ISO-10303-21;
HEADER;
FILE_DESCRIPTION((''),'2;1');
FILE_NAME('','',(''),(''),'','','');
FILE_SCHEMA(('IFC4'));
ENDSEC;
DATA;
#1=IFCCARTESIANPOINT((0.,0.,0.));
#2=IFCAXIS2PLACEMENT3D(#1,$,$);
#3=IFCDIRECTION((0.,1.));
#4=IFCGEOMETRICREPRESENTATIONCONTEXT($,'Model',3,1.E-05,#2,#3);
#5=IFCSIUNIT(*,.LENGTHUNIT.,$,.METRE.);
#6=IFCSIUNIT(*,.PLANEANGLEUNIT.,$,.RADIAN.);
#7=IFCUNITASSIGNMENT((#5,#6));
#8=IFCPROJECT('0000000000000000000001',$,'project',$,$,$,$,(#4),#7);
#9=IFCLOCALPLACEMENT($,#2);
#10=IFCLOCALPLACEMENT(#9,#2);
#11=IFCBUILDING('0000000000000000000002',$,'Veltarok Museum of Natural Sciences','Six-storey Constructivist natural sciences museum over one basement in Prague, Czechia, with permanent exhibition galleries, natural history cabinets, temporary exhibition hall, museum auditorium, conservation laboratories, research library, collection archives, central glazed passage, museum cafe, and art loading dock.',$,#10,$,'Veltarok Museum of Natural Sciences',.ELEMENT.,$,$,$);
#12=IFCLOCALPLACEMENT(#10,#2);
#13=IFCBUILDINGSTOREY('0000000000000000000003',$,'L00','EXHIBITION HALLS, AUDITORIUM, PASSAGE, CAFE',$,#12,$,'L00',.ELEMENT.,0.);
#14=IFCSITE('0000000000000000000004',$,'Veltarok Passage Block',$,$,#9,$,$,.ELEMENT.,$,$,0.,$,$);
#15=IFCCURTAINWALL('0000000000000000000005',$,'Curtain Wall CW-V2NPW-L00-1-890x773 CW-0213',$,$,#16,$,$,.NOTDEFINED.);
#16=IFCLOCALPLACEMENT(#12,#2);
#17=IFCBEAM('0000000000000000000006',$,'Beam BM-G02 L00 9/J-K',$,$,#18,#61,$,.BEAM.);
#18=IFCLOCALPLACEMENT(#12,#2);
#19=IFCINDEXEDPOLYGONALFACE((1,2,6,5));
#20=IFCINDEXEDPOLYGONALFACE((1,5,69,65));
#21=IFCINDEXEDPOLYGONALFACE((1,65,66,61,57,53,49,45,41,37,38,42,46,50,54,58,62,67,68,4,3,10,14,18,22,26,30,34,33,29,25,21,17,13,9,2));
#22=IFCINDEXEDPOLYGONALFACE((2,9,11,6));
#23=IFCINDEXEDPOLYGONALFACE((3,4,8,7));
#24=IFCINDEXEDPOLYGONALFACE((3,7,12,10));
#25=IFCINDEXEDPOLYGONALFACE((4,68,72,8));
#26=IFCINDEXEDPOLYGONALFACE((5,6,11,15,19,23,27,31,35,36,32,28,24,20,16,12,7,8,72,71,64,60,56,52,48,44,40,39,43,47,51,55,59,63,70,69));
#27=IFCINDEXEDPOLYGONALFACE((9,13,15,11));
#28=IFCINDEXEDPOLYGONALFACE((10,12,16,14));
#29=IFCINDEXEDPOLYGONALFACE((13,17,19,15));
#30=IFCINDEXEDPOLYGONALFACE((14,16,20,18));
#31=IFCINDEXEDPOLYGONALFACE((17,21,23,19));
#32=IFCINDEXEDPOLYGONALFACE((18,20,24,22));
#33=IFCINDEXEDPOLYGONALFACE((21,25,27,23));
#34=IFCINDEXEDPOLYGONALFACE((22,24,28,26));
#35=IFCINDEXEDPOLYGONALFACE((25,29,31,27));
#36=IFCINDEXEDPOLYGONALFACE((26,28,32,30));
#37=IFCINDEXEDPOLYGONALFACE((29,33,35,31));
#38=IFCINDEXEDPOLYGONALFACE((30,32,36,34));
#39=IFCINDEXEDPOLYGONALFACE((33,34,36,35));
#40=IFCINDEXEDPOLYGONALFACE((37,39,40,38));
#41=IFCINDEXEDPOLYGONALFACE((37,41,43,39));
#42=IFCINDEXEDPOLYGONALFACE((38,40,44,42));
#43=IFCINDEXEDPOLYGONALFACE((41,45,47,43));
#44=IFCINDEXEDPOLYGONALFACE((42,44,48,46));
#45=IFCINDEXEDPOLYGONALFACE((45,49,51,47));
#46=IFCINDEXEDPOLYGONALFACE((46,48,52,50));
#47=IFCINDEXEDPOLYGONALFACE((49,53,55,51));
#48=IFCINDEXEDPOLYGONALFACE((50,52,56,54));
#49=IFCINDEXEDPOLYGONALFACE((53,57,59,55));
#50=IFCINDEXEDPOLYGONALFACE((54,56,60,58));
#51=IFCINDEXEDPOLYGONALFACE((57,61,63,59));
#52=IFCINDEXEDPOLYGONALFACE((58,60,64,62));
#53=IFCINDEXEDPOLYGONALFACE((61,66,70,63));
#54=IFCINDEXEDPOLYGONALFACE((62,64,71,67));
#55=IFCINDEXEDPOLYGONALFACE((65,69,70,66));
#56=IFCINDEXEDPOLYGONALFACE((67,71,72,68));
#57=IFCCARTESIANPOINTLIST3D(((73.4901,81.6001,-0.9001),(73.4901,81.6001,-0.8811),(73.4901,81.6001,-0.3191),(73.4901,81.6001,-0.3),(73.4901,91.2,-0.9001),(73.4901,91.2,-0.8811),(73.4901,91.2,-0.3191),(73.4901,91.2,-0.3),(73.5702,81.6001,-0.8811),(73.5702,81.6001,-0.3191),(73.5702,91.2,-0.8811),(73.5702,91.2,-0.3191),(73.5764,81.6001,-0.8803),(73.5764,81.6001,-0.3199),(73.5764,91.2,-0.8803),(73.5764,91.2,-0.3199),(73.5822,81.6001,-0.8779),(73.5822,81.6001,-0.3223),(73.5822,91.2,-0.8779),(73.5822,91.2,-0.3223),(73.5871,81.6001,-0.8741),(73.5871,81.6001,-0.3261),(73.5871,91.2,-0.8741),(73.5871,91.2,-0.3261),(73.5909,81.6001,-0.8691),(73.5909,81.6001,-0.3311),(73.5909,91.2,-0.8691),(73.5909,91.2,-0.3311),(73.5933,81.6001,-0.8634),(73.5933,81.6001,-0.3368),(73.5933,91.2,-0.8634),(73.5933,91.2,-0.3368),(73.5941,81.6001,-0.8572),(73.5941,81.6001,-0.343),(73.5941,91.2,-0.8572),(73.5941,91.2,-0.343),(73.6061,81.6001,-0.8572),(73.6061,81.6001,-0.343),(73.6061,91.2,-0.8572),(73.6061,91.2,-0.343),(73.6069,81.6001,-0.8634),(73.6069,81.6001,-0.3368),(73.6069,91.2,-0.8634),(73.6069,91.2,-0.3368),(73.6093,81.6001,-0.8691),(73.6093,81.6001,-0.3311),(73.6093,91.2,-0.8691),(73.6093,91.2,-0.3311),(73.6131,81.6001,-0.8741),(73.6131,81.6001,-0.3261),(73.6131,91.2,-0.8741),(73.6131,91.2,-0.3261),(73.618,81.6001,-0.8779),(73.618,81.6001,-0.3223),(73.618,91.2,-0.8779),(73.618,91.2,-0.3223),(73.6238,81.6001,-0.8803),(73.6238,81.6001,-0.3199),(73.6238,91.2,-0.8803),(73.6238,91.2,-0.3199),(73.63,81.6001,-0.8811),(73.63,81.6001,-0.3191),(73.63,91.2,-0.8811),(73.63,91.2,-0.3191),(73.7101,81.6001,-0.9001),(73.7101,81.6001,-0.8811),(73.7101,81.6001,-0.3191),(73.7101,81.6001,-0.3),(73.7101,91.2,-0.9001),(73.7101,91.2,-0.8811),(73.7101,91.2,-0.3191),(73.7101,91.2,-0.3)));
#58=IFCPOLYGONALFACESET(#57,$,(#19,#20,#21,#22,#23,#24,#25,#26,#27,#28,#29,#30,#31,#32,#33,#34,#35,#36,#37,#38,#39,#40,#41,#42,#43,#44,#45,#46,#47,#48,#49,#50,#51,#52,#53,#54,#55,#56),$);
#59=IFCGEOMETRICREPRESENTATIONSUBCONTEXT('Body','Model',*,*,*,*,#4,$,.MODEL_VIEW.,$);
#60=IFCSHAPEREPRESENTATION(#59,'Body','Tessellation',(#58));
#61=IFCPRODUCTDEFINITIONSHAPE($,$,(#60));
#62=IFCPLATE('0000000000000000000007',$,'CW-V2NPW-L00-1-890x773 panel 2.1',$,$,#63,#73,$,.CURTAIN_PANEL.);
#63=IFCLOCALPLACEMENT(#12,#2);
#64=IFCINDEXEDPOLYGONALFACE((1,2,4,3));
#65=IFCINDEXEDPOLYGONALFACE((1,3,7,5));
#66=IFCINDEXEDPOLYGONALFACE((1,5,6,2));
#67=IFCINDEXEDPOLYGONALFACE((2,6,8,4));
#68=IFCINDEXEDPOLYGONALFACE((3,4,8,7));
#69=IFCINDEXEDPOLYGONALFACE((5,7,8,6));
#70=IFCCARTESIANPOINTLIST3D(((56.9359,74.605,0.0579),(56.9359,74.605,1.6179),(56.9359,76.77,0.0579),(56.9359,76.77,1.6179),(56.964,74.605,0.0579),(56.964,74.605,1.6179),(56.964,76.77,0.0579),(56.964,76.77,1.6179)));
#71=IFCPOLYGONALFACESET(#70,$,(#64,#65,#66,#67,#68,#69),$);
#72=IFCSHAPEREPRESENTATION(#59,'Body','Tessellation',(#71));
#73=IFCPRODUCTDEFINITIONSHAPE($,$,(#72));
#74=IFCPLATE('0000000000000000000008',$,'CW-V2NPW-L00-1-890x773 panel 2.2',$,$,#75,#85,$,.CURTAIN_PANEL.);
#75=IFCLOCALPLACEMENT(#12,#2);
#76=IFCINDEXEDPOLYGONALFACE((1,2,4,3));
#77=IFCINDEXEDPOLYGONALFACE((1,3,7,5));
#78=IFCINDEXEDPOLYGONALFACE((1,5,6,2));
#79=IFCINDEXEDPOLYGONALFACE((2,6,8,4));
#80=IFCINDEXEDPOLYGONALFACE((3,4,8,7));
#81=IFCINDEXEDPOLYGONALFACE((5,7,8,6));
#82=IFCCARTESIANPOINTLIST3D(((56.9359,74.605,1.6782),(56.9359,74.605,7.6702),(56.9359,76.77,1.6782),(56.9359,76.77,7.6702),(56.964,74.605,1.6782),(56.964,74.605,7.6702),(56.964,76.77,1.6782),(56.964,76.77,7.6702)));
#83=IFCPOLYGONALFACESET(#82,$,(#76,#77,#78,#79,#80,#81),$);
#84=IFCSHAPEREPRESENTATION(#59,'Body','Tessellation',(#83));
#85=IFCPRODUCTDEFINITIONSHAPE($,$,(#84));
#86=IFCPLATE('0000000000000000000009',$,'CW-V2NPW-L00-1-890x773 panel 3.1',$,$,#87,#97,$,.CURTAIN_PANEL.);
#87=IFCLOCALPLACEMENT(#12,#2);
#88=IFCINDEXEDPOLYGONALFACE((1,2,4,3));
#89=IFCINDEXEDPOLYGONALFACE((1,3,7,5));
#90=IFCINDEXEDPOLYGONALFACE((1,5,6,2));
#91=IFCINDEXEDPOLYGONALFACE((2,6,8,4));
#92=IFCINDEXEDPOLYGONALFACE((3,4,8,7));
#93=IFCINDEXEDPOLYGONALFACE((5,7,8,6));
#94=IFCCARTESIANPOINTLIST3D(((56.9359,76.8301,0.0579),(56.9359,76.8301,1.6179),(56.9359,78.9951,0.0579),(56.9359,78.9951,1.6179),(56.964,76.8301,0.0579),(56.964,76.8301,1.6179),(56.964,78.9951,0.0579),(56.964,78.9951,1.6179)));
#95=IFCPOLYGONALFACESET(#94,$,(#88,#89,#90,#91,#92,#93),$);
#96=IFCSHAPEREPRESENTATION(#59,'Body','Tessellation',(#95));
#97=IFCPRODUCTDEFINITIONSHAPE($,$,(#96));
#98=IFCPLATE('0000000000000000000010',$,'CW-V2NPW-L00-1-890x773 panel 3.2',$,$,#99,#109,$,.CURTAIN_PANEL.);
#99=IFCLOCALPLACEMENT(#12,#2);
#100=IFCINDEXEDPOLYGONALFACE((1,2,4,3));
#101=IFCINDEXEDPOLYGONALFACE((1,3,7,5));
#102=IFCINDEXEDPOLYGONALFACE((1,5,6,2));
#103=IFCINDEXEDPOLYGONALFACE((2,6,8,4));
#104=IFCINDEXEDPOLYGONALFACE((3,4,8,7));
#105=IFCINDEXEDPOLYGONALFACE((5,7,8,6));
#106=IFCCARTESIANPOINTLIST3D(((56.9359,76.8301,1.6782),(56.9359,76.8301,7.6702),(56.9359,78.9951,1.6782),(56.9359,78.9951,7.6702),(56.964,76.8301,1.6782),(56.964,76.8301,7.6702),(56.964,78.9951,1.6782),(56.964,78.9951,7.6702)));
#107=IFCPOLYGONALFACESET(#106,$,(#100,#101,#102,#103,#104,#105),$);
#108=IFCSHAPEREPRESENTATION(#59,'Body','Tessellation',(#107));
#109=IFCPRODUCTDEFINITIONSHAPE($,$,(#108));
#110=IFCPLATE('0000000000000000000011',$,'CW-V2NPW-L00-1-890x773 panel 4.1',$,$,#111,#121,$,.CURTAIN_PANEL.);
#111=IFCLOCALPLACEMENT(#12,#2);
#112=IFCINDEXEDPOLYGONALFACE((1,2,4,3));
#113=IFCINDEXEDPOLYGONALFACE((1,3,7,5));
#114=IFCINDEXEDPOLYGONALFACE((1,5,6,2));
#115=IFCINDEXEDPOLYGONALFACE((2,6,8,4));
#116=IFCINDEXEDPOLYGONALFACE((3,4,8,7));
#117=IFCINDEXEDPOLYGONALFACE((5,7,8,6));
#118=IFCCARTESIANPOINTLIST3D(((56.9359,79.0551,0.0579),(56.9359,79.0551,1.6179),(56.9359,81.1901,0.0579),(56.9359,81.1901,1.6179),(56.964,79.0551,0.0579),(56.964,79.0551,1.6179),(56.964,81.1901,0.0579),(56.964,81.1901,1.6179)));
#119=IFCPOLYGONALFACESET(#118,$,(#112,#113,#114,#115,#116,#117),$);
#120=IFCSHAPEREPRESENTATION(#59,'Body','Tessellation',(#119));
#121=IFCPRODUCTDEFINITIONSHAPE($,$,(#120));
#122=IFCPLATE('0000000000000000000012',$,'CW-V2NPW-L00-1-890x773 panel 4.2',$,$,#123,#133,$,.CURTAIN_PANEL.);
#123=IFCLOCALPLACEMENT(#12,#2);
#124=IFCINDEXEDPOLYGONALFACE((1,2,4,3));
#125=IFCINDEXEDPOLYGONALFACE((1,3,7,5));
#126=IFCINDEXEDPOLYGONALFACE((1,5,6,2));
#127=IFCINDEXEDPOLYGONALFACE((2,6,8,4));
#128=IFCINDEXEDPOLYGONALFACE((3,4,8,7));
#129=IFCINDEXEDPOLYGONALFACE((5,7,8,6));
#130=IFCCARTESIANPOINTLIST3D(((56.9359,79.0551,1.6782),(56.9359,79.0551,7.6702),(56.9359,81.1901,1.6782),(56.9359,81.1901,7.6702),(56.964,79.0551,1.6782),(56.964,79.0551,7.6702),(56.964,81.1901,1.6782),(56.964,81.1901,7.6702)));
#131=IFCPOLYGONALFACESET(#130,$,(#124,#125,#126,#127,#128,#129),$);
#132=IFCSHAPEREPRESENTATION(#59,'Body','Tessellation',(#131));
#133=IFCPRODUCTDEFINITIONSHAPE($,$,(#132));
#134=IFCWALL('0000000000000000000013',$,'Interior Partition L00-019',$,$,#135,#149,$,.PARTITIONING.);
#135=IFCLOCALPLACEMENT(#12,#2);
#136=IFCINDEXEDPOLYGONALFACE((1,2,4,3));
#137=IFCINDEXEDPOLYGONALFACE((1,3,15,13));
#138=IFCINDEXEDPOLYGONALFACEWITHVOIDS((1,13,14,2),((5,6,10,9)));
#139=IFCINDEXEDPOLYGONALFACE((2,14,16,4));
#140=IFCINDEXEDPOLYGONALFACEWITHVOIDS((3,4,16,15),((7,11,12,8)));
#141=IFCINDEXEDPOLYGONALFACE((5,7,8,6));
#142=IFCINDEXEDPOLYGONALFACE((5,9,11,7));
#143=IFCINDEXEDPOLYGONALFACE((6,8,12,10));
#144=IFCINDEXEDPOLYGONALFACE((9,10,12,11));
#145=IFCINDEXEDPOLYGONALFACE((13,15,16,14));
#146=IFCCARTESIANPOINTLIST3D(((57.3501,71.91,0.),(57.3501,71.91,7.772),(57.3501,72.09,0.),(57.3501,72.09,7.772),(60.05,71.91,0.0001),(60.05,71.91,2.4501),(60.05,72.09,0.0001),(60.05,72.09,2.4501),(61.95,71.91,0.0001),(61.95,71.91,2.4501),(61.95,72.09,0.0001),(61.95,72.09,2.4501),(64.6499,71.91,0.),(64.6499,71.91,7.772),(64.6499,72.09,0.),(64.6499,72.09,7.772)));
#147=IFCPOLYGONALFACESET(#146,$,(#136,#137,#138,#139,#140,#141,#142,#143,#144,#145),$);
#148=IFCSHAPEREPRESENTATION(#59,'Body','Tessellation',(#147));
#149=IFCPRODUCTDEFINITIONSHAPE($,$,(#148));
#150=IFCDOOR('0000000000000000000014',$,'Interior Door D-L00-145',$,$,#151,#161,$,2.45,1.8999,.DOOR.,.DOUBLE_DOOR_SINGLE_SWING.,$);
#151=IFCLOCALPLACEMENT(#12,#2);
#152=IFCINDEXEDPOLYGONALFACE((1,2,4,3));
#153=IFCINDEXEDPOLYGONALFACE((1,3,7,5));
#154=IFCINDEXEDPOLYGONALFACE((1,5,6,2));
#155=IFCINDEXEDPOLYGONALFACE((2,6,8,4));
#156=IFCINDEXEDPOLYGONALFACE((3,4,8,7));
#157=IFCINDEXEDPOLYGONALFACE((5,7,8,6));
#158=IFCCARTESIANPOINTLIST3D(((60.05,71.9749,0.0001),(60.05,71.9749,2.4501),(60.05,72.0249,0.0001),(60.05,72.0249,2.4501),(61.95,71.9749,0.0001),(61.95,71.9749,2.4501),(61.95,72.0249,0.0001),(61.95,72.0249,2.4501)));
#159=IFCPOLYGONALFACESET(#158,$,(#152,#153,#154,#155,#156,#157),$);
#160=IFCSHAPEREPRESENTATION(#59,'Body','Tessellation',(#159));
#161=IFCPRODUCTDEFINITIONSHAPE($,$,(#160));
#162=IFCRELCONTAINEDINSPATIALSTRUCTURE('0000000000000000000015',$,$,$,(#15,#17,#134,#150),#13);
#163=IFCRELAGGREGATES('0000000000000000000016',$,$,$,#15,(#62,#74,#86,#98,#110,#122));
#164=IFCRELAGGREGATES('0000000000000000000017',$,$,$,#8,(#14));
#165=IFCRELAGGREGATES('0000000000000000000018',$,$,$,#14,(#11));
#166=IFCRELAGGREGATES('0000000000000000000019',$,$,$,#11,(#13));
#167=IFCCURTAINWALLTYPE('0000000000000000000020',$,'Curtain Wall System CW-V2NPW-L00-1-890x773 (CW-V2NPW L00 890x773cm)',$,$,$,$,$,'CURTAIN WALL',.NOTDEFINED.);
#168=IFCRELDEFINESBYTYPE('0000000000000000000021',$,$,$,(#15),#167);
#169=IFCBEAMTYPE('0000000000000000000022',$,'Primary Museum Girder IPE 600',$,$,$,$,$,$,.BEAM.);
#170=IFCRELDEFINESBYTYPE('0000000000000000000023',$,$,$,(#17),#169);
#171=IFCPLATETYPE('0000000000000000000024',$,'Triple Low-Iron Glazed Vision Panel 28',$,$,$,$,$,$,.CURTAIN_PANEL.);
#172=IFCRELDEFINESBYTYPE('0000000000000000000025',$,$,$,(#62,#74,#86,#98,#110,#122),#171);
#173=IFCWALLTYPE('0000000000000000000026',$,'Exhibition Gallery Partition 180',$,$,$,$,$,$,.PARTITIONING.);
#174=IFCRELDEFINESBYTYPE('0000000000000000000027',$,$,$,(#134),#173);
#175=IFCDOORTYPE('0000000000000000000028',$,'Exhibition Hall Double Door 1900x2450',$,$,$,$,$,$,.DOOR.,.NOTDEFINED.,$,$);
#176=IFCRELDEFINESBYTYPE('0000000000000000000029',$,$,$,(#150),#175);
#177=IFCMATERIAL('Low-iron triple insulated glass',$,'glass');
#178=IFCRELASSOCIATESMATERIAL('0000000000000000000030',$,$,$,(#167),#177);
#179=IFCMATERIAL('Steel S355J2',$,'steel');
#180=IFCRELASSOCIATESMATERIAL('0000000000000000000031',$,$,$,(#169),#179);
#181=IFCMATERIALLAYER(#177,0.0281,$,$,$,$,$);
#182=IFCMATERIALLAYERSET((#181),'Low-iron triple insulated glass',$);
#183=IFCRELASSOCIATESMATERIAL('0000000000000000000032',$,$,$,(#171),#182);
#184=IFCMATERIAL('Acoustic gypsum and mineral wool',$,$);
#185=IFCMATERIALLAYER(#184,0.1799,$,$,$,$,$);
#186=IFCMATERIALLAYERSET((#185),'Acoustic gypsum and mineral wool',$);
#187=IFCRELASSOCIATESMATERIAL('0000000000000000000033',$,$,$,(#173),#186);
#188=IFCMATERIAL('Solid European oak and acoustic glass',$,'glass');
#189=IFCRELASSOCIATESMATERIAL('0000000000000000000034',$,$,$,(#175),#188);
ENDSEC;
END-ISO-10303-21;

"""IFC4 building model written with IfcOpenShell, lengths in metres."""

from ifc_helpers import new_model, si_unit, direction, frame, frame_2d, origin, origin_2d, place, context, subcontext, project, spatial, rectangle, i_section, extrude, material, layer, layer_set, material_profile, profile_set, type_object, element, fill, aggregate, save


model = new_model("IFC4")

# Units and contexts
model_context = context("Model", 3, precision=1e-05, world=origin(), true_north=direction((0.0, 1.0)))
body_context = subcontext(model_context, "Body", "Model", "MODEL_VIEW")
ifc_project = project(units=[si_unit("LENGTHUNIT", "METRE"), si_unit("PLANEANGLEUNIT", "RADIAN")], contexts=[model_context])

# Site, building, storey
site_placement = place(None, origin())
site = spatial("IfcSite", under=ifc_project, at=site_placement, Name="Veltarok Passage Block", CompositionType="ELEMENT", RefElevation=0.0)
building_placement = place(site_placement, origin())
building = spatial("IfcBuilding", under=site, at=building_placement, Name="Veltarok Museum of Natural Sciences", Description="Six-storey Constructivist natural sciences museum over one basement in Prague, Czechia, with permanent exhibition galleries, natural history cabinets, temporary exhibition hall, museum auditorium, conservation laboratories, research library, collection archives, central glazed passage, museum cafe, and art loading dock.", LongName="Veltarok Museum of Natural Sciences", CompositionType="ELEMENT")
storey_placement = place(building_placement, origin())
storey = spatial("IfcBuildingStorey", under=building, at=storey_placement, Name="L00", Description="EXHIBITION HALLS, AUDITORIUM, PASSAGE, CAFE", LongName="L00", CompositionType="ELEMENT", Elevation=0.0)

# Shared definitions
ifc_material_1 = material(Name="Steel S355J2", Category="steel")

# Curtain wall
ifc_material_2 = material(Name="Low-iron triple insulated glass", Category="glass")
curtain_wall_type_1 = type_object("IfcCurtainWallType", Name="Curtain Wall System CW-V2NPW-L00-1-890x773 (CW-V2NPW L00 890x773cm)", ElementType="CURTAIN WALL", PredefinedType="NOTDEFINED", material=ifc_material_2)
curtain_wall_1_placement = place(storey_placement, origin())
curtain_wall_1 = element("IfcCurtainWall", 1, at=curtain_wall_1_placement, inside=storey, type_object=curtain_wall_type_1, Name="Curtain Wall CW-V2NPW-L00-1-890x773 CW-0213", PredefinedType="NOTDEFINED")

# Beam
ifc_material_profile_1 = material_profile(ifc_material_1, i_section(OverallWidth=0.22, OverallDepth=0.6001, WebThickness=0.012, FlangeThickness=0.019, FilletRadius=0.0239, at=origin_2d()), Name="IPE 600")
ifc_profile_set_1 = profile_set([ifc_material_profile_1], Name="Steel S355J2")
beam_type_1 = type_object("IfcBeamType", Name="Primary Museum Girder IPE 600", PredefinedType="BEAM", material=ifc_profile_set_1)
beam_1_placement = place(storey_placement, frame((73.6001, 81.6001, -0.6001), z_axis=(0.0, 1.0, 0.0), x_axis=(-1.0, 0.0, 0.0)))
element("IfcBeam", 2, at=beam_1_placement, inside=storey, type_object=beam_type_1, Name="Beam BM-G02 L00 9/J-K", PredefinedType="BEAM", context=body_context, shape_type="SweptSolid", body=[
    extrude(i_section(OverallWidth=0.22, OverallDepth=0.6001, WebThickness=0.012, FlangeThickness=0.019, FilletRadius=0.0239, at=origin_2d()), origin(), (0.0, 0.0, 1.0), 9.5999),
])

# Plates
ifc_layer_1 = layer(ifc_material_2, 0.0281)
ifc_layer_set_1 = layer_set([ifc_layer_1], Name="Low-iron triple insulated glass")
plate_type = type_object("IfcPlateType", Name="Triple Low-Iron Glazed Vision Panel 28", PredefinedType="CURTAIN_PANEL", material=ifc_layer_set_1)
plate_1_placement = place(storey_placement, frame((56.95, 75.6875, 0.0579), z_axis=(0.0, 0.0, 1.0), x_axis=(0.0, 1.0, 0.0)))
plate_1 = element("IfcPlate", 3, at=plate_1_placement, type_object=plate_type, Name="CW-V2NPW-L00-1-890x773 panel 2.1", PredefinedType="CURTAIN_PANEL", context=body_context, shape_type="SweptSolid", body=[
    extrude(rectangle(XDim=2.165, YDim=0.0281, at=origin_2d()), origin(), (0.0, 0.0, 1.0), 1.5601),
])
plate_2_placement = place(storey_placement, frame((56.95, 75.6875, 1.6782), z_axis=(0.0, 0.0, 1.0), x_axis=(0.0, 1.0, 0.0)))
plate_2 = element("IfcPlate", 4, at=plate_2_placement, type_object=plate_type, Name="CW-V2NPW-L00-1-890x773 panel 2.2", PredefinedType="CURTAIN_PANEL", context=body_context, shape_type="SweptSolid", body=[
    extrude(rectangle(XDim=2.165, YDim=0.0281, at=origin_2d()), origin(), (0.0, 0.0, 1.0), 5.9919),
])
plate_3_placement = place(storey_placement, frame((56.95, 77.9126, 0.0579), z_axis=(0.0, 0.0, 1.0), x_axis=(0.0, 1.0, 0.0)))
plate_3 = element("IfcPlate", 5, at=plate_3_placement, type_object=plate_type, Name="CW-V2NPW-L00-1-890x773 panel 3.1", PredefinedType="CURTAIN_PANEL", context=body_context, shape_type="SweptSolid", body=[
    extrude(rectangle(XDim=2.165, YDim=0.0281, at=origin_2d()), origin(), (0.0, 0.0, 1.0), 1.5601),
])
plate_4_placement = place(storey_placement, frame((56.95, 77.9126, 1.6782), z_axis=(0.0, 0.0, 1.0), x_axis=(0.0, 1.0, 0.0)))
plate_4 = element("IfcPlate", 6, at=plate_4_placement, type_object=plate_type, Name="CW-V2NPW-L00-1-890x773 panel 3.2", PredefinedType="CURTAIN_PANEL", context=body_context, shape_type="SweptSolid", body=[
    extrude(rectangle(XDim=2.165, YDim=0.0281, at=origin_2d()), origin(), (0.0, 0.0, 1.0), 5.9919),
])
plate_5_placement = place(storey_placement, frame((56.95, 80.1226, 0.0579), z_axis=(0.0, 0.0, 1.0), x_axis=(0.0, 1.0, 0.0)))
plate_5 = element("IfcPlate", 7, at=plate_5_placement, type_object=plate_type, Name="CW-V2NPW-L00-1-890x773 panel 4.1", PredefinedType="CURTAIN_PANEL", context=body_context, shape_type="SweptSolid", body=[
    extrude(rectangle(XDim=2.135, YDim=0.0281, at=origin_2d()), origin(), (0.0, 0.0, 1.0), 1.5601),
])
plate_6_placement = place(storey_placement, frame((56.95, 80.1226, 1.6782), z_axis=(0.0, 0.0, 1.0), x_axis=(0.0, 1.0, 0.0)))
plate_6 = element("IfcPlate", 8, at=plate_6_placement, type_object=plate_type, Name="CW-V2NPW-L00-1-890x773 panel 4.2", PredefinedType="CURTAIN_PANEL", context=body_context, shape_type="SweptSolid", body=[
    extrude(rectangle(XDim=2.135, YDim=0.0281, at=origin_2d()), origin(), (0.0, 0.0, 1.0), 5.9919),
])
aggregate(curtain_wall_1, [plate_1, plate_2, plate_3, plate_4, plate_5, plate_6])

# Wall, opening, door
ifc_material_3 = material(Name="Acoustic gypsum and mineral wool")
ifc_layer_2 = layer(ifc_material_3, 0.1799)
ifc_layer_set_2 = layer_set([ifc_layer_2], Name="Acoustic gypsum and mineral wool")
wall_type = type_object("IfcWallType", Name="Exhibition Gallery Partition 180", PredefinedType="PARTITIONING", material=ifc_layer_set_2)
wall_placement = place(storey_placement, frame((57.3501, 72.0, 0.0), z_axis=(0.0, 0.0, 1.0), x_axis=(1.0, 0.0, 0.0)))
wall = element("IfcWall", 9, at=wall_placement, inside=storey, type_object=wall_type, Name="Interior Partition L00-019", PredefinedType="PARTITIONING", context=body_context, shape_type="SweptSolid", body=[
    extrude(rectangle(XDim=7.2998, YDim=0.1799, at=frame_2d((3.6499, 0.0))), origin(), (0.0, 0.0, 1.0), 7.772),
])
opening_placement = place(wall_placement, frame((2.7, 0.0, 0.0)))
opening = element("IfcOpeningElement", 10, at=opening_placement, cuts=wall, PredefinedType="OPENING", context=body_context, shape_type="SweptSolid", body=[
    extrude(rectangle(XDim=1.8999, YDim=2.45, at=frame_2d((0.95, 1.2251))), frame((0.0, 0.1001, 0.0), z_axis=(0.0, -1.0, 0.0), x_axis=(1.0, 0.0, 0.0)), (0.0, 0.0, 1.0), 0.2),
])
ifc_material_4 = material(Name="Solid European oak and acoustic glass", Category="glass")
door_type = type_object("IfcDoorType", Name="Exhibition Hall Double Door 1900x2450", OperationType="NOTDEFINED", PredefinedType="DOOR", material=ifc_material_4)
door_placement = place(opening_placement, origin())
door = element("IfcDoor", 11, at=door_placement, inside=storey, type_object=door_type, Name="Interior Door D-L00-145", OperationType="DOUBLE_DOOR_SINGLE_SWING", OverallHeight=2.45, OverallWidth=1.8999, PredefinedType="DOOR", context=body_context, shape_type="SweptSolid", body=[
    extrude(rectangle(XDim=1.8999, YDim=2.45, at=frame_2d((0.95, 1.2251))), frame((0.0, 0.0249, 0.0), z_axis=(0.0, -1.0, 0.0), x_axis=(1.0, 0.0, 0.0)), (0.0, 0.0, 1.0), 0.05),
])
fill(opening, door)

save(model, "model.ifc")
